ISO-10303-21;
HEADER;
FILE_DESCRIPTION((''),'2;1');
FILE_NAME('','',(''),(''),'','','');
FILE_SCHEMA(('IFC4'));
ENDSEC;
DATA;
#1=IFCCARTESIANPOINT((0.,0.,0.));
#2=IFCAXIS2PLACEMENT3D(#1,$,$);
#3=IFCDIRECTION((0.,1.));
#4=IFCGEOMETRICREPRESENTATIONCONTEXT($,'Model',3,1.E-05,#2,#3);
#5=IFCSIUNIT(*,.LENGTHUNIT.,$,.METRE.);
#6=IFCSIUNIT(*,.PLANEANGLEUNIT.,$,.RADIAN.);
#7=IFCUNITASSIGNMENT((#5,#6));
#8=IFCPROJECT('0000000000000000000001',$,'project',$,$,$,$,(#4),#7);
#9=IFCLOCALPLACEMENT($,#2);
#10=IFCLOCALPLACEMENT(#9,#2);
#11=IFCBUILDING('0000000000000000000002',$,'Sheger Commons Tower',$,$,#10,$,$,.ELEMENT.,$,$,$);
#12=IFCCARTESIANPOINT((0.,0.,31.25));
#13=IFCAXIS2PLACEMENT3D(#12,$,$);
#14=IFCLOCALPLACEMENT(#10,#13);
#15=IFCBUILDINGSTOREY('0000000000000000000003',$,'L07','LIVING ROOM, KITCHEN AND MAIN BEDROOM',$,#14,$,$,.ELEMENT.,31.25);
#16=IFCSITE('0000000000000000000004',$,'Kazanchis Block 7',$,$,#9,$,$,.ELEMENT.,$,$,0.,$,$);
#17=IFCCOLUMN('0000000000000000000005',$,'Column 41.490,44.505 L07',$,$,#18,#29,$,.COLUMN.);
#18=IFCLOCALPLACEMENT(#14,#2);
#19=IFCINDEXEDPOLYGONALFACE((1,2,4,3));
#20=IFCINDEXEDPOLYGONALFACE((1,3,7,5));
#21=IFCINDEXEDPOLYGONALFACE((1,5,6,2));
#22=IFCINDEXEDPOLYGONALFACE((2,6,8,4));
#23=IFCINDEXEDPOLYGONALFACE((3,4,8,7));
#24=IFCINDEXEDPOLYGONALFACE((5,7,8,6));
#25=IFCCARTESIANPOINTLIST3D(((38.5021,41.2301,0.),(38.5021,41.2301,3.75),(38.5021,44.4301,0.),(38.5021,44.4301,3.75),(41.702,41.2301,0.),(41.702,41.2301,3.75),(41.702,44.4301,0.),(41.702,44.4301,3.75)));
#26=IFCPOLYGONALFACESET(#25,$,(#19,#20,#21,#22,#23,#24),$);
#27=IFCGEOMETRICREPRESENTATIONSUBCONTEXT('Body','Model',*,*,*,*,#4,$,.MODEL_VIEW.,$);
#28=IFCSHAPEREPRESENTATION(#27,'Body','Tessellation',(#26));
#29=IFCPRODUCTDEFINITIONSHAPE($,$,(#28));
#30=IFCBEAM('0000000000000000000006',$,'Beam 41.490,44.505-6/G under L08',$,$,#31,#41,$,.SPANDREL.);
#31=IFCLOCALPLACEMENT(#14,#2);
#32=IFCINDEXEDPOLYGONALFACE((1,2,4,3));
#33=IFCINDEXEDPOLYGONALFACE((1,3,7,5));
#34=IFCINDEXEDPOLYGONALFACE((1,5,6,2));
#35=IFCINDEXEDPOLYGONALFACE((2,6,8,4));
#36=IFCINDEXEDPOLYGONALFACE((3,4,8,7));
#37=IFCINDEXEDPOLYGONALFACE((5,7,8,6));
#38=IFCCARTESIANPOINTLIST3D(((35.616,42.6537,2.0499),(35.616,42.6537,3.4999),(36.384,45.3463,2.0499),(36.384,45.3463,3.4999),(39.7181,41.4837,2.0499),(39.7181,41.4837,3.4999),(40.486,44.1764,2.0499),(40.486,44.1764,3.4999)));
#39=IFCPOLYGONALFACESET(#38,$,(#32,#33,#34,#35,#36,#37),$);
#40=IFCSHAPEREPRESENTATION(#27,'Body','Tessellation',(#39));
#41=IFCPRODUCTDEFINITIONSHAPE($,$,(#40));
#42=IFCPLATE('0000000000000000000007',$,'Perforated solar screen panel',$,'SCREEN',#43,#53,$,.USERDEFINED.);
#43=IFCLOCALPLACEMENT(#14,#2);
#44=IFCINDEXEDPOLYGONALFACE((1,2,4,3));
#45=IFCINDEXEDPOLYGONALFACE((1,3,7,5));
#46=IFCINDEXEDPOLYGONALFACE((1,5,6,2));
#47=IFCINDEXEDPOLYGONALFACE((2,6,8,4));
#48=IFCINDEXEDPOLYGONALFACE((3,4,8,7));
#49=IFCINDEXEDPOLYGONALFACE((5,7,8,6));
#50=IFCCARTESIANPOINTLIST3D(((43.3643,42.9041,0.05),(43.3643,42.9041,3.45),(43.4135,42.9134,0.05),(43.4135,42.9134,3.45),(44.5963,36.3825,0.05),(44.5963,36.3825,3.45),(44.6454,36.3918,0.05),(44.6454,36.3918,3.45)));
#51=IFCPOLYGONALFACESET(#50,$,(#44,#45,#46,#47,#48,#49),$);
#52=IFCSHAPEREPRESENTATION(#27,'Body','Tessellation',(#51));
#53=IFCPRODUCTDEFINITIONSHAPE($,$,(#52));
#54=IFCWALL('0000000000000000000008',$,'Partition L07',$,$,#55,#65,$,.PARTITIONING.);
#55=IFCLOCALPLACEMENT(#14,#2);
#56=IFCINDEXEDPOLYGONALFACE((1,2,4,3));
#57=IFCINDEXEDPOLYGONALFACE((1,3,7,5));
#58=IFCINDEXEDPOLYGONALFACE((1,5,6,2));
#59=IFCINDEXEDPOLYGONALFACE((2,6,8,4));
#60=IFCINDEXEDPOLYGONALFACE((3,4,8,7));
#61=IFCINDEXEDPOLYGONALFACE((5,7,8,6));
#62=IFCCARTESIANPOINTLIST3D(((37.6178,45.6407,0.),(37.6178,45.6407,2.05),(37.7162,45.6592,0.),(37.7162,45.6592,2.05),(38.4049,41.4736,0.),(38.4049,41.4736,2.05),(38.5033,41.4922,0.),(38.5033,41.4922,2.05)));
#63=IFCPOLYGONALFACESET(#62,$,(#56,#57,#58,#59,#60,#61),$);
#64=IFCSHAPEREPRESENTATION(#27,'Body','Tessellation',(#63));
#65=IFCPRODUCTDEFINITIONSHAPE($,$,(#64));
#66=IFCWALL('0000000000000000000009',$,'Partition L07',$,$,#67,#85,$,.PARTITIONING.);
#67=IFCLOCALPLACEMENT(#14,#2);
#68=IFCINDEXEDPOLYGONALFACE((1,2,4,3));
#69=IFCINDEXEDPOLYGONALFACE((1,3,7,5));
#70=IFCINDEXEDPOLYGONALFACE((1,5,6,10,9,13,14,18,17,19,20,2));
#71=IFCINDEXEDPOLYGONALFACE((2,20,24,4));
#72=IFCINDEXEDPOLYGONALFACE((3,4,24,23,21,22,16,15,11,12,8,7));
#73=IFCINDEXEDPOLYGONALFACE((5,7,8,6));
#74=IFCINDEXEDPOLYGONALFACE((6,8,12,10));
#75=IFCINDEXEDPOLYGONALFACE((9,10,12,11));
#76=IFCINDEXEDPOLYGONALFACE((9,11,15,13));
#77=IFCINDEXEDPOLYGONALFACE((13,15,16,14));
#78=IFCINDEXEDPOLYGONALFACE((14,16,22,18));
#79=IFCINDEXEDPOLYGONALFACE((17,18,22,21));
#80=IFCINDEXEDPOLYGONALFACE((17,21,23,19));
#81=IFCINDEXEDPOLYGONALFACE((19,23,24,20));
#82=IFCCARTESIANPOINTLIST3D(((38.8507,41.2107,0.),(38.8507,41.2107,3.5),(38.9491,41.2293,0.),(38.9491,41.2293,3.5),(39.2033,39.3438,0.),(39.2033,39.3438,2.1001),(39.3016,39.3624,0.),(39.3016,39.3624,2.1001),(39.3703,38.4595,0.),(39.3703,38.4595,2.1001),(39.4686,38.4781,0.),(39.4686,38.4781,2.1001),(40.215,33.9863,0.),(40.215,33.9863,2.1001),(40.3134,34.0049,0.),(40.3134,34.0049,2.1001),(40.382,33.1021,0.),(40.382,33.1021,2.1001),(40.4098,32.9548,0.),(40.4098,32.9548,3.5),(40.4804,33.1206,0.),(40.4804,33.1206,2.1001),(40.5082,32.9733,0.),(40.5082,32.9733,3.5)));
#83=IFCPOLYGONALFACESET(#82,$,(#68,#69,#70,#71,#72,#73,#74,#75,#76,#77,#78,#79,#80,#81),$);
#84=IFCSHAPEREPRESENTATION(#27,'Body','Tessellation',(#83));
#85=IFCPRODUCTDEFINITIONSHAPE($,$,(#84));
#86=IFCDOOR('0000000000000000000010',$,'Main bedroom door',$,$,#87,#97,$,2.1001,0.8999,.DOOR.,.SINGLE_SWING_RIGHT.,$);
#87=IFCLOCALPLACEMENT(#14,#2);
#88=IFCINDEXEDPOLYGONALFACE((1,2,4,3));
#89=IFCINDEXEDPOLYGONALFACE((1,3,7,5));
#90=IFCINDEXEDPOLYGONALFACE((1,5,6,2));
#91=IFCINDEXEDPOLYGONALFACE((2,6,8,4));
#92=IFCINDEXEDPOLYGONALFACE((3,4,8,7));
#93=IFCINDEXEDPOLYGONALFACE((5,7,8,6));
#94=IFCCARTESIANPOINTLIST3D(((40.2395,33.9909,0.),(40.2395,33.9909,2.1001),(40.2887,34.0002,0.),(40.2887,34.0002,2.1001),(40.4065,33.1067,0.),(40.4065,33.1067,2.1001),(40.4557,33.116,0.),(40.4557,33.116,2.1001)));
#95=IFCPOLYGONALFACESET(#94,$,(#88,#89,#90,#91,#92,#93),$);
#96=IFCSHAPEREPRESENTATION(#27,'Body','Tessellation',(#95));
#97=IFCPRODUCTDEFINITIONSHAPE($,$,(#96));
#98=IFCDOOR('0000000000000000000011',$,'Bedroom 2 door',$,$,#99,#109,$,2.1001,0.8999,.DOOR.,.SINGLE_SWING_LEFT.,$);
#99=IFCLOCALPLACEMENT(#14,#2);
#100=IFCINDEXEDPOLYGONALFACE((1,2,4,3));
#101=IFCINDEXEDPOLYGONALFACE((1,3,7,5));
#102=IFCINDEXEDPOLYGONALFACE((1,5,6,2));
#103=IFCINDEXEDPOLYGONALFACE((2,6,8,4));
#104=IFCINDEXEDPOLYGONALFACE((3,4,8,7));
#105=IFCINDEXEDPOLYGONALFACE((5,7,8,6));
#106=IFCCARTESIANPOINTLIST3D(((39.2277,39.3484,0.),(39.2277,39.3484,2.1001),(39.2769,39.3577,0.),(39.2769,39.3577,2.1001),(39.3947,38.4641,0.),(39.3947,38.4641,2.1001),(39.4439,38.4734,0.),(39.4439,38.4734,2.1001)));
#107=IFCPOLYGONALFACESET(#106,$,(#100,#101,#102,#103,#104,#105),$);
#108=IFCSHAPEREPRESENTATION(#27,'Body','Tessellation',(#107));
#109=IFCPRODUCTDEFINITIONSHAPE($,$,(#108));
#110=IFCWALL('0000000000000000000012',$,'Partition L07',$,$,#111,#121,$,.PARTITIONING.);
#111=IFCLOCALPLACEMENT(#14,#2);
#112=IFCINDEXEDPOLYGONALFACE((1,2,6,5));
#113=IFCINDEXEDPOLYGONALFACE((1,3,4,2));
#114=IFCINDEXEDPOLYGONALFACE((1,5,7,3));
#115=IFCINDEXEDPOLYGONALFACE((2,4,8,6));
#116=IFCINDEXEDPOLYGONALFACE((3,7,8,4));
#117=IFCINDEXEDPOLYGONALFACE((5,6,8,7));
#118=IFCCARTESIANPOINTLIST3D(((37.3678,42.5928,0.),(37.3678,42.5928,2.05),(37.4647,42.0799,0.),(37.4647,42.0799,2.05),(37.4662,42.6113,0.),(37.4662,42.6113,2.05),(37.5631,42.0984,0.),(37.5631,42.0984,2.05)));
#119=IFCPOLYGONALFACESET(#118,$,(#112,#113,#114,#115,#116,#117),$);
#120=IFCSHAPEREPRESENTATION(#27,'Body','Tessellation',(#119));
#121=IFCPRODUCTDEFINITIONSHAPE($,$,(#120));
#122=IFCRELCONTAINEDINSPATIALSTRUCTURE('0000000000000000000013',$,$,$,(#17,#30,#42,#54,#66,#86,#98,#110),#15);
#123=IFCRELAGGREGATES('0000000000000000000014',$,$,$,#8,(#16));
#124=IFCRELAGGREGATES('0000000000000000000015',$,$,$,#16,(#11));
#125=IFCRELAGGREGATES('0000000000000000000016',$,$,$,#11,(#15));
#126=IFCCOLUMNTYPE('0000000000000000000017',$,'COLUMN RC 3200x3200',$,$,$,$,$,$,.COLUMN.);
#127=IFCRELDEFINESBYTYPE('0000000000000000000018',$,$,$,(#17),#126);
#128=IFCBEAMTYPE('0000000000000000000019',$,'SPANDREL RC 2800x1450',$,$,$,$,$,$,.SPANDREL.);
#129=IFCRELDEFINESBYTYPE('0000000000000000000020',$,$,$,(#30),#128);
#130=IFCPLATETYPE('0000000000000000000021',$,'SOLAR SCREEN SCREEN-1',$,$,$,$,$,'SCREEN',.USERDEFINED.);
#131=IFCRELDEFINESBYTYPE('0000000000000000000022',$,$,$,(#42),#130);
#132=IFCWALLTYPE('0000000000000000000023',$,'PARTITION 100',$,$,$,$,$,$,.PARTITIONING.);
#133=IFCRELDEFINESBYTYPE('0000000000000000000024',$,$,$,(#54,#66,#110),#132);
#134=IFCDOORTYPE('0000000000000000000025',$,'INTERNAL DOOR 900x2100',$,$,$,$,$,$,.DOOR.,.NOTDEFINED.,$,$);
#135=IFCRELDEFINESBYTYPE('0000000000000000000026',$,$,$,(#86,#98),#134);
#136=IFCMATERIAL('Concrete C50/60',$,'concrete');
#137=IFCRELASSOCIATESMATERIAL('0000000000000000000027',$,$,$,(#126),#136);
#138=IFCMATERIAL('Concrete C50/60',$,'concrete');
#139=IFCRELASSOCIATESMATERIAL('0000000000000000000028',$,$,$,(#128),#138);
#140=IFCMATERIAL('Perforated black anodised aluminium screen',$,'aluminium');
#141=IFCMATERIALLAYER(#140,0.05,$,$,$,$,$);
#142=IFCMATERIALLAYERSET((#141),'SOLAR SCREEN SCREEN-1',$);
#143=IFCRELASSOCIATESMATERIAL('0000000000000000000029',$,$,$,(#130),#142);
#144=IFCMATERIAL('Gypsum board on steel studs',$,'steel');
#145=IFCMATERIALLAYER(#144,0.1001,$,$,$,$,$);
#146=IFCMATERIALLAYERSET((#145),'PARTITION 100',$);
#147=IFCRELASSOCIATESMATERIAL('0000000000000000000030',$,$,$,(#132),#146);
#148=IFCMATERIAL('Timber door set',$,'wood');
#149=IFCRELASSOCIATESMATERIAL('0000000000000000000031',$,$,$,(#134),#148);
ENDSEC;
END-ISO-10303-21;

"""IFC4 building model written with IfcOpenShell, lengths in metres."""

from ifc_helpers import new_model, si_unit, direction, frame, frame_2d, origin, origin_2d, place, context, subcontext, project, spatial, rectangle, extrude, material, layer, layer_set, material_profile, profile_set, type_object, element, fill, save


model = new_model("IFC4")

# Units and contexts
model_context = context("Model", 3, precision=1e-05, world=origin(), true_north=direction((0.0, 1.0)))
body_context = subcontext(model_context, "Body", "Model", "MODEL_VIEW")
ifc_project = project(units=[si_unit("LENGTHUNIT", "METRE"), si_unit("PLANEANGLEUNIT", "RADIAN")], contexts=[model_context])

# Site, building, storey
site_placement = place(None, origin())
site = spatial("IfcSite", under=ifc_project, at=site_placement, Name="Kazanchis Block 7", CompositionType="ELEMENT", RefElevation=0.0)
building_placement = place(site_placement, origin())
building = spatial("IfcBuilding", under=site, at=building_placement, Name="Sheger Commons Tower", CompositionType="ELEMENT")
storey_placement = place(building_placement, frame((0.0, 0.0, 31.25)))
storey = spatial("IfcBuildingStorey", under=building, at=storey_placement, Name="L07", Description="LIVING ROOM, KITCHEN AND MAIN BEDROOM", CompositionType="ELEMENT", Elevation=31.25)

# Column
ifc_material_1 = material(Name="Concrete C50/60", Category="concrete")
ifc_material_profile_1 = material_profile(ifc_material_1, rectangle(XDim=3.2, YDim=3.2, at=origin_2d()), Name="RC 3200x3200")
ifc_profile_set_1 = profile_set([ifc_material_profile_1], Name="Concrete C50/60")
column_type = type_object("IfcColumnType", Name="COLUMN RC 3200x3200", PredefinedType="COLUMN", material=ifc_profile_set_1)
column_placement = place(storey_placement, frame((40.1021, 42.8301, 0.0), z_axis=(0.0, 0.0, 1.0), x_axis=(1.0, 0.0, 0.0)))
element("IfcColumn", 1, at=column_placement, inside=storey, type_object=column_type, Name="Column 41.490,44.505 L07", PredefinedType="COLUMN", context=body_context, shape_type="SweptSolid", body=[
    extrude(rectangle(XDim=3.2, YDim=3.2, at=origin_2d()), origin(), (0.0, 0.0, 1.0), 3.75),
])

# Beam
ifc_material_2 = material(Name="Concrete C50/60", Category="concrete")
ifc_material_profile_2 = material_profile(ifc_material_2, rectangle(XDim=2.8, YDim=1.45, at=origin_2d()), Name="RC 2800x1450")
ifc_profile_set_2 = profile_set([ifc_material_profile_2], Name="Concrete C50/60")
beam_type = type_object("IfcBeamType", Name="SPANDREL RC 2800x1450", PredefinedType="SPANDREL", material=ifc_profile_set_2)
beam_placement = place(storey_placement, frame((40.1021, 42.8301, 2.7749), z_axis=(-0.961653, 0.274268, 0.0), x_axis=(-0.274268, -0.961653, 0.0)))
element("IfcBeam", 2, at=beam_placement, inside=storey, type_object=beam_type, Name="Beam 41.490,44.505-6/G under L08", PredefinedType="SPANDREL", context=body_context, shape_type="SweptSolid", body=[
    extrude(rectangle(XDim=2.8, YDim=1.45, at=origin_2d()), origin(), (0.0, 0.0, 1.0), 4.2656),
])

# Plate
ifc_material_3 = material(Name="Perforated black anodised aluminium screen", Category="aluminium")
ifc_layer_1 = layer(ifc_material_3, 0.05)
ifc_layer_set_1 = layer_set([ifc_layer_1], Name="SOLAR SCREEN SCREEN-1")
plate_type = type_object("IfcPlateType", Name="SOLAR SCREEN SCREEN-1", ElementType="SCREEN", PredefinedType="USERDEFINED", material=ifc_layer_set_1)
plate_placement = place(storey_placement, frame((44.0049, 39.6479, 0.05), z_axis=(0.0, 0.0, 1.0), x_axis=(-0.185615, 0.982623, 0.0)))
element("IfcPlate", 3, at=plate_placement, inside=storey, type_object=plate_type, Name="Perforated solar screen panel", ObjectType="SCREEN", PredefinedType="USERDEFINED", context=body_context, shape_type="SweptSolid", body=[
    extrude(rectangle(XDim=6.637, YDim=0.05, at=origin_2d()), origin(), (0.0, 0.0, 1.0), 3.3999),
])

# Wall
ifc_material_4 = material(Name="Gypsum board on steel studs", Category="steel")
ifc_layer_2 = layer(ifc_material_4, 0.1001)
ifc_layer_set_2 = layer_set([ifc_layer_2], Name="PARTITION 100")
wall_type = type_object("IfcWallType", Name="PARTITION 100", PredefinedType="PARTITIONING", material=ifc_layer_set_2)
wall_1_placement = place(storey_placement, frame((38.4541, 41.4829, 0.0), z_axis=(0.0, 0.0, 1.0), x_axis=(-0.185609, 0.982624, 0.0)))
element("IfcWall", 4, at=wall_1_placement, inside=storey, type_object=wall_type, Name="Partition L07", PredefinedType="PARTITIONING", context=body_context, shape_type="SweptSolid", body=[
    extrude(rectangle(XDim=4.2407, YDim=0.1001, at=frame_2d((2.1204, 0.0))), origin(), (0.0, 0.0, 1.0), 2.05),
])

# Wall, openings, doors
wall_2_placement = place(storey_placement, frame((38.8999, 41.22, 0.0), z_axis=(0.0, 0.0, 1.0), x_axis=(0.185566, -0.982632, 0.0)))
wall_2 = element("IfcWall", 5, at=wall_2_placement, inside=storey, type_object=wall_type, Name="Partition L07", PredefinedType="PARTITIONING", context=body_context, shape_type="SweptSolid", body=[
    extrude(rectangle(XDim=8.4019, YDim=0.1001, at=frame_2d((4.2009, 0.0))), origin(), (0.0, 0.0, 1.0), 3.5),
])
opening_1_placement = place(wall_2_placement, frame((7.3521, 0.0, 0.0)))
opening_1 = element("IfcOpeningElement", 6, at=opening_1_placement, cuts=wall_2, PredefinedType="OPENING", context=body_context, shape_type="SweptSolid", body=[
    extrude(rectangle(XDim=0.8999, YDim=2.1001, at=frame_2d((0.45, 1.05))), frame((0.0, 0.0601, 0.0), z_axis=(0.0, -1.0, 0.0), x_axis=(1.0, 0.0, 0.0)), (0.0, 0.0, 1.0), 0.1201),
])
opening_2_placement = place(wall_2_placement, frame((1.8999, 0.0, 0.0)))
opening_2 = element("IfcOpeningElement", 7, at=opening_2_placement, cuts=wall_2, PredefinedType="OPENING", context=body_context, shape_type="SweptSolid", body=[
    extrude(rectangle(XDim=0.8999, YDim=2.1001, at=frame_2d((0.45, 1.05))), frame((0.0, 0.0601, 0.0), z_axis=(0.0, -1.0, 0.0), x_axis=(1.0, 0.0, 0.0)), (0.0, 0.0, 1.0), 0.1201),
])
ifc_material_5 = material(Name="Timber door set", Category="wood")
door_type = type_object("IfcDoorType", Name="INTERNAL DOOR 900x2100", OperationType="NOTDEFINED", PredefinedType="DOOR", material=ifc_material_5)
door_1_placement = place(opening_1_placement, origin())
door_1 = element("IfcDoor", 8, at=door_1_placement, inside=storey, type_object=door_type, Name="Main bedroom door", OperationType="SINGLE_SWING_RIGHT", OverallHeight=2.1001, OverallWidth=0.8999, PredefinedType="DOOR", context=body_context, shape_type="SweptSolid", body=[
    extrude(rectangle(XDim=0.8999, YDim=2.1001, at=frame_2d((0.45, 1.05))), frame((0.0, 0.0249, 0.0), z_axis=(0.0, -1.0, 0.0), x_axis=(1.0, 0.0, 0.0)), (0.0, 0.0, 1.0), 0.05),
])
fill(opening_1, door_1)
door_2_placement = place(opening_2_placement, origin())
door_2 = element("IfcDoor", 9, at=door_2_placement, inside=storey, type_object=door_type, Name="Bedroom 2 door", OperationType="SINGLE_SWING_LEFT", OverallHeight=2.1001, OverallWidth=0.8999, PredefinedType="DOOR", context=body_context, shape_type="SweptSolid", body=[
    extrude(rectangle(XDim=0.8999, YDim=2.1001, at=frame_2d((0.45, 1.05))), frame((0.0, 0.0249, 0.0), z_axis=(0.0, -1.0, 0.0), x_axis=(1.0, 0.0, 0.0)), (0.0, 0.0, 1.0), 0.05),
])
fill(opening_2, door_2)

# Wall
wall_3_placement = place(storey_placement, frame((37.417, 42.6021, 0.0), z_axis=(0.0, 0.0, 1.0), x_axis=(0.185672, -0.982612, 0.0)))
element("IfcWall", 10, at=wall_3_placement, inside=storey, type_object=wall_type, Name="Partition L07", PredefinedType="PARTITIONING", context=body_context, shape_type="SweptSolid", body=[
    extrude(rectangle(XDim=0.522, YDim=0.1001, at=frame_2d((0.261, 0.0))), origin(), (0.0, 0.0, 1.0), 2.05),
])

save(model, "model.ifc")
